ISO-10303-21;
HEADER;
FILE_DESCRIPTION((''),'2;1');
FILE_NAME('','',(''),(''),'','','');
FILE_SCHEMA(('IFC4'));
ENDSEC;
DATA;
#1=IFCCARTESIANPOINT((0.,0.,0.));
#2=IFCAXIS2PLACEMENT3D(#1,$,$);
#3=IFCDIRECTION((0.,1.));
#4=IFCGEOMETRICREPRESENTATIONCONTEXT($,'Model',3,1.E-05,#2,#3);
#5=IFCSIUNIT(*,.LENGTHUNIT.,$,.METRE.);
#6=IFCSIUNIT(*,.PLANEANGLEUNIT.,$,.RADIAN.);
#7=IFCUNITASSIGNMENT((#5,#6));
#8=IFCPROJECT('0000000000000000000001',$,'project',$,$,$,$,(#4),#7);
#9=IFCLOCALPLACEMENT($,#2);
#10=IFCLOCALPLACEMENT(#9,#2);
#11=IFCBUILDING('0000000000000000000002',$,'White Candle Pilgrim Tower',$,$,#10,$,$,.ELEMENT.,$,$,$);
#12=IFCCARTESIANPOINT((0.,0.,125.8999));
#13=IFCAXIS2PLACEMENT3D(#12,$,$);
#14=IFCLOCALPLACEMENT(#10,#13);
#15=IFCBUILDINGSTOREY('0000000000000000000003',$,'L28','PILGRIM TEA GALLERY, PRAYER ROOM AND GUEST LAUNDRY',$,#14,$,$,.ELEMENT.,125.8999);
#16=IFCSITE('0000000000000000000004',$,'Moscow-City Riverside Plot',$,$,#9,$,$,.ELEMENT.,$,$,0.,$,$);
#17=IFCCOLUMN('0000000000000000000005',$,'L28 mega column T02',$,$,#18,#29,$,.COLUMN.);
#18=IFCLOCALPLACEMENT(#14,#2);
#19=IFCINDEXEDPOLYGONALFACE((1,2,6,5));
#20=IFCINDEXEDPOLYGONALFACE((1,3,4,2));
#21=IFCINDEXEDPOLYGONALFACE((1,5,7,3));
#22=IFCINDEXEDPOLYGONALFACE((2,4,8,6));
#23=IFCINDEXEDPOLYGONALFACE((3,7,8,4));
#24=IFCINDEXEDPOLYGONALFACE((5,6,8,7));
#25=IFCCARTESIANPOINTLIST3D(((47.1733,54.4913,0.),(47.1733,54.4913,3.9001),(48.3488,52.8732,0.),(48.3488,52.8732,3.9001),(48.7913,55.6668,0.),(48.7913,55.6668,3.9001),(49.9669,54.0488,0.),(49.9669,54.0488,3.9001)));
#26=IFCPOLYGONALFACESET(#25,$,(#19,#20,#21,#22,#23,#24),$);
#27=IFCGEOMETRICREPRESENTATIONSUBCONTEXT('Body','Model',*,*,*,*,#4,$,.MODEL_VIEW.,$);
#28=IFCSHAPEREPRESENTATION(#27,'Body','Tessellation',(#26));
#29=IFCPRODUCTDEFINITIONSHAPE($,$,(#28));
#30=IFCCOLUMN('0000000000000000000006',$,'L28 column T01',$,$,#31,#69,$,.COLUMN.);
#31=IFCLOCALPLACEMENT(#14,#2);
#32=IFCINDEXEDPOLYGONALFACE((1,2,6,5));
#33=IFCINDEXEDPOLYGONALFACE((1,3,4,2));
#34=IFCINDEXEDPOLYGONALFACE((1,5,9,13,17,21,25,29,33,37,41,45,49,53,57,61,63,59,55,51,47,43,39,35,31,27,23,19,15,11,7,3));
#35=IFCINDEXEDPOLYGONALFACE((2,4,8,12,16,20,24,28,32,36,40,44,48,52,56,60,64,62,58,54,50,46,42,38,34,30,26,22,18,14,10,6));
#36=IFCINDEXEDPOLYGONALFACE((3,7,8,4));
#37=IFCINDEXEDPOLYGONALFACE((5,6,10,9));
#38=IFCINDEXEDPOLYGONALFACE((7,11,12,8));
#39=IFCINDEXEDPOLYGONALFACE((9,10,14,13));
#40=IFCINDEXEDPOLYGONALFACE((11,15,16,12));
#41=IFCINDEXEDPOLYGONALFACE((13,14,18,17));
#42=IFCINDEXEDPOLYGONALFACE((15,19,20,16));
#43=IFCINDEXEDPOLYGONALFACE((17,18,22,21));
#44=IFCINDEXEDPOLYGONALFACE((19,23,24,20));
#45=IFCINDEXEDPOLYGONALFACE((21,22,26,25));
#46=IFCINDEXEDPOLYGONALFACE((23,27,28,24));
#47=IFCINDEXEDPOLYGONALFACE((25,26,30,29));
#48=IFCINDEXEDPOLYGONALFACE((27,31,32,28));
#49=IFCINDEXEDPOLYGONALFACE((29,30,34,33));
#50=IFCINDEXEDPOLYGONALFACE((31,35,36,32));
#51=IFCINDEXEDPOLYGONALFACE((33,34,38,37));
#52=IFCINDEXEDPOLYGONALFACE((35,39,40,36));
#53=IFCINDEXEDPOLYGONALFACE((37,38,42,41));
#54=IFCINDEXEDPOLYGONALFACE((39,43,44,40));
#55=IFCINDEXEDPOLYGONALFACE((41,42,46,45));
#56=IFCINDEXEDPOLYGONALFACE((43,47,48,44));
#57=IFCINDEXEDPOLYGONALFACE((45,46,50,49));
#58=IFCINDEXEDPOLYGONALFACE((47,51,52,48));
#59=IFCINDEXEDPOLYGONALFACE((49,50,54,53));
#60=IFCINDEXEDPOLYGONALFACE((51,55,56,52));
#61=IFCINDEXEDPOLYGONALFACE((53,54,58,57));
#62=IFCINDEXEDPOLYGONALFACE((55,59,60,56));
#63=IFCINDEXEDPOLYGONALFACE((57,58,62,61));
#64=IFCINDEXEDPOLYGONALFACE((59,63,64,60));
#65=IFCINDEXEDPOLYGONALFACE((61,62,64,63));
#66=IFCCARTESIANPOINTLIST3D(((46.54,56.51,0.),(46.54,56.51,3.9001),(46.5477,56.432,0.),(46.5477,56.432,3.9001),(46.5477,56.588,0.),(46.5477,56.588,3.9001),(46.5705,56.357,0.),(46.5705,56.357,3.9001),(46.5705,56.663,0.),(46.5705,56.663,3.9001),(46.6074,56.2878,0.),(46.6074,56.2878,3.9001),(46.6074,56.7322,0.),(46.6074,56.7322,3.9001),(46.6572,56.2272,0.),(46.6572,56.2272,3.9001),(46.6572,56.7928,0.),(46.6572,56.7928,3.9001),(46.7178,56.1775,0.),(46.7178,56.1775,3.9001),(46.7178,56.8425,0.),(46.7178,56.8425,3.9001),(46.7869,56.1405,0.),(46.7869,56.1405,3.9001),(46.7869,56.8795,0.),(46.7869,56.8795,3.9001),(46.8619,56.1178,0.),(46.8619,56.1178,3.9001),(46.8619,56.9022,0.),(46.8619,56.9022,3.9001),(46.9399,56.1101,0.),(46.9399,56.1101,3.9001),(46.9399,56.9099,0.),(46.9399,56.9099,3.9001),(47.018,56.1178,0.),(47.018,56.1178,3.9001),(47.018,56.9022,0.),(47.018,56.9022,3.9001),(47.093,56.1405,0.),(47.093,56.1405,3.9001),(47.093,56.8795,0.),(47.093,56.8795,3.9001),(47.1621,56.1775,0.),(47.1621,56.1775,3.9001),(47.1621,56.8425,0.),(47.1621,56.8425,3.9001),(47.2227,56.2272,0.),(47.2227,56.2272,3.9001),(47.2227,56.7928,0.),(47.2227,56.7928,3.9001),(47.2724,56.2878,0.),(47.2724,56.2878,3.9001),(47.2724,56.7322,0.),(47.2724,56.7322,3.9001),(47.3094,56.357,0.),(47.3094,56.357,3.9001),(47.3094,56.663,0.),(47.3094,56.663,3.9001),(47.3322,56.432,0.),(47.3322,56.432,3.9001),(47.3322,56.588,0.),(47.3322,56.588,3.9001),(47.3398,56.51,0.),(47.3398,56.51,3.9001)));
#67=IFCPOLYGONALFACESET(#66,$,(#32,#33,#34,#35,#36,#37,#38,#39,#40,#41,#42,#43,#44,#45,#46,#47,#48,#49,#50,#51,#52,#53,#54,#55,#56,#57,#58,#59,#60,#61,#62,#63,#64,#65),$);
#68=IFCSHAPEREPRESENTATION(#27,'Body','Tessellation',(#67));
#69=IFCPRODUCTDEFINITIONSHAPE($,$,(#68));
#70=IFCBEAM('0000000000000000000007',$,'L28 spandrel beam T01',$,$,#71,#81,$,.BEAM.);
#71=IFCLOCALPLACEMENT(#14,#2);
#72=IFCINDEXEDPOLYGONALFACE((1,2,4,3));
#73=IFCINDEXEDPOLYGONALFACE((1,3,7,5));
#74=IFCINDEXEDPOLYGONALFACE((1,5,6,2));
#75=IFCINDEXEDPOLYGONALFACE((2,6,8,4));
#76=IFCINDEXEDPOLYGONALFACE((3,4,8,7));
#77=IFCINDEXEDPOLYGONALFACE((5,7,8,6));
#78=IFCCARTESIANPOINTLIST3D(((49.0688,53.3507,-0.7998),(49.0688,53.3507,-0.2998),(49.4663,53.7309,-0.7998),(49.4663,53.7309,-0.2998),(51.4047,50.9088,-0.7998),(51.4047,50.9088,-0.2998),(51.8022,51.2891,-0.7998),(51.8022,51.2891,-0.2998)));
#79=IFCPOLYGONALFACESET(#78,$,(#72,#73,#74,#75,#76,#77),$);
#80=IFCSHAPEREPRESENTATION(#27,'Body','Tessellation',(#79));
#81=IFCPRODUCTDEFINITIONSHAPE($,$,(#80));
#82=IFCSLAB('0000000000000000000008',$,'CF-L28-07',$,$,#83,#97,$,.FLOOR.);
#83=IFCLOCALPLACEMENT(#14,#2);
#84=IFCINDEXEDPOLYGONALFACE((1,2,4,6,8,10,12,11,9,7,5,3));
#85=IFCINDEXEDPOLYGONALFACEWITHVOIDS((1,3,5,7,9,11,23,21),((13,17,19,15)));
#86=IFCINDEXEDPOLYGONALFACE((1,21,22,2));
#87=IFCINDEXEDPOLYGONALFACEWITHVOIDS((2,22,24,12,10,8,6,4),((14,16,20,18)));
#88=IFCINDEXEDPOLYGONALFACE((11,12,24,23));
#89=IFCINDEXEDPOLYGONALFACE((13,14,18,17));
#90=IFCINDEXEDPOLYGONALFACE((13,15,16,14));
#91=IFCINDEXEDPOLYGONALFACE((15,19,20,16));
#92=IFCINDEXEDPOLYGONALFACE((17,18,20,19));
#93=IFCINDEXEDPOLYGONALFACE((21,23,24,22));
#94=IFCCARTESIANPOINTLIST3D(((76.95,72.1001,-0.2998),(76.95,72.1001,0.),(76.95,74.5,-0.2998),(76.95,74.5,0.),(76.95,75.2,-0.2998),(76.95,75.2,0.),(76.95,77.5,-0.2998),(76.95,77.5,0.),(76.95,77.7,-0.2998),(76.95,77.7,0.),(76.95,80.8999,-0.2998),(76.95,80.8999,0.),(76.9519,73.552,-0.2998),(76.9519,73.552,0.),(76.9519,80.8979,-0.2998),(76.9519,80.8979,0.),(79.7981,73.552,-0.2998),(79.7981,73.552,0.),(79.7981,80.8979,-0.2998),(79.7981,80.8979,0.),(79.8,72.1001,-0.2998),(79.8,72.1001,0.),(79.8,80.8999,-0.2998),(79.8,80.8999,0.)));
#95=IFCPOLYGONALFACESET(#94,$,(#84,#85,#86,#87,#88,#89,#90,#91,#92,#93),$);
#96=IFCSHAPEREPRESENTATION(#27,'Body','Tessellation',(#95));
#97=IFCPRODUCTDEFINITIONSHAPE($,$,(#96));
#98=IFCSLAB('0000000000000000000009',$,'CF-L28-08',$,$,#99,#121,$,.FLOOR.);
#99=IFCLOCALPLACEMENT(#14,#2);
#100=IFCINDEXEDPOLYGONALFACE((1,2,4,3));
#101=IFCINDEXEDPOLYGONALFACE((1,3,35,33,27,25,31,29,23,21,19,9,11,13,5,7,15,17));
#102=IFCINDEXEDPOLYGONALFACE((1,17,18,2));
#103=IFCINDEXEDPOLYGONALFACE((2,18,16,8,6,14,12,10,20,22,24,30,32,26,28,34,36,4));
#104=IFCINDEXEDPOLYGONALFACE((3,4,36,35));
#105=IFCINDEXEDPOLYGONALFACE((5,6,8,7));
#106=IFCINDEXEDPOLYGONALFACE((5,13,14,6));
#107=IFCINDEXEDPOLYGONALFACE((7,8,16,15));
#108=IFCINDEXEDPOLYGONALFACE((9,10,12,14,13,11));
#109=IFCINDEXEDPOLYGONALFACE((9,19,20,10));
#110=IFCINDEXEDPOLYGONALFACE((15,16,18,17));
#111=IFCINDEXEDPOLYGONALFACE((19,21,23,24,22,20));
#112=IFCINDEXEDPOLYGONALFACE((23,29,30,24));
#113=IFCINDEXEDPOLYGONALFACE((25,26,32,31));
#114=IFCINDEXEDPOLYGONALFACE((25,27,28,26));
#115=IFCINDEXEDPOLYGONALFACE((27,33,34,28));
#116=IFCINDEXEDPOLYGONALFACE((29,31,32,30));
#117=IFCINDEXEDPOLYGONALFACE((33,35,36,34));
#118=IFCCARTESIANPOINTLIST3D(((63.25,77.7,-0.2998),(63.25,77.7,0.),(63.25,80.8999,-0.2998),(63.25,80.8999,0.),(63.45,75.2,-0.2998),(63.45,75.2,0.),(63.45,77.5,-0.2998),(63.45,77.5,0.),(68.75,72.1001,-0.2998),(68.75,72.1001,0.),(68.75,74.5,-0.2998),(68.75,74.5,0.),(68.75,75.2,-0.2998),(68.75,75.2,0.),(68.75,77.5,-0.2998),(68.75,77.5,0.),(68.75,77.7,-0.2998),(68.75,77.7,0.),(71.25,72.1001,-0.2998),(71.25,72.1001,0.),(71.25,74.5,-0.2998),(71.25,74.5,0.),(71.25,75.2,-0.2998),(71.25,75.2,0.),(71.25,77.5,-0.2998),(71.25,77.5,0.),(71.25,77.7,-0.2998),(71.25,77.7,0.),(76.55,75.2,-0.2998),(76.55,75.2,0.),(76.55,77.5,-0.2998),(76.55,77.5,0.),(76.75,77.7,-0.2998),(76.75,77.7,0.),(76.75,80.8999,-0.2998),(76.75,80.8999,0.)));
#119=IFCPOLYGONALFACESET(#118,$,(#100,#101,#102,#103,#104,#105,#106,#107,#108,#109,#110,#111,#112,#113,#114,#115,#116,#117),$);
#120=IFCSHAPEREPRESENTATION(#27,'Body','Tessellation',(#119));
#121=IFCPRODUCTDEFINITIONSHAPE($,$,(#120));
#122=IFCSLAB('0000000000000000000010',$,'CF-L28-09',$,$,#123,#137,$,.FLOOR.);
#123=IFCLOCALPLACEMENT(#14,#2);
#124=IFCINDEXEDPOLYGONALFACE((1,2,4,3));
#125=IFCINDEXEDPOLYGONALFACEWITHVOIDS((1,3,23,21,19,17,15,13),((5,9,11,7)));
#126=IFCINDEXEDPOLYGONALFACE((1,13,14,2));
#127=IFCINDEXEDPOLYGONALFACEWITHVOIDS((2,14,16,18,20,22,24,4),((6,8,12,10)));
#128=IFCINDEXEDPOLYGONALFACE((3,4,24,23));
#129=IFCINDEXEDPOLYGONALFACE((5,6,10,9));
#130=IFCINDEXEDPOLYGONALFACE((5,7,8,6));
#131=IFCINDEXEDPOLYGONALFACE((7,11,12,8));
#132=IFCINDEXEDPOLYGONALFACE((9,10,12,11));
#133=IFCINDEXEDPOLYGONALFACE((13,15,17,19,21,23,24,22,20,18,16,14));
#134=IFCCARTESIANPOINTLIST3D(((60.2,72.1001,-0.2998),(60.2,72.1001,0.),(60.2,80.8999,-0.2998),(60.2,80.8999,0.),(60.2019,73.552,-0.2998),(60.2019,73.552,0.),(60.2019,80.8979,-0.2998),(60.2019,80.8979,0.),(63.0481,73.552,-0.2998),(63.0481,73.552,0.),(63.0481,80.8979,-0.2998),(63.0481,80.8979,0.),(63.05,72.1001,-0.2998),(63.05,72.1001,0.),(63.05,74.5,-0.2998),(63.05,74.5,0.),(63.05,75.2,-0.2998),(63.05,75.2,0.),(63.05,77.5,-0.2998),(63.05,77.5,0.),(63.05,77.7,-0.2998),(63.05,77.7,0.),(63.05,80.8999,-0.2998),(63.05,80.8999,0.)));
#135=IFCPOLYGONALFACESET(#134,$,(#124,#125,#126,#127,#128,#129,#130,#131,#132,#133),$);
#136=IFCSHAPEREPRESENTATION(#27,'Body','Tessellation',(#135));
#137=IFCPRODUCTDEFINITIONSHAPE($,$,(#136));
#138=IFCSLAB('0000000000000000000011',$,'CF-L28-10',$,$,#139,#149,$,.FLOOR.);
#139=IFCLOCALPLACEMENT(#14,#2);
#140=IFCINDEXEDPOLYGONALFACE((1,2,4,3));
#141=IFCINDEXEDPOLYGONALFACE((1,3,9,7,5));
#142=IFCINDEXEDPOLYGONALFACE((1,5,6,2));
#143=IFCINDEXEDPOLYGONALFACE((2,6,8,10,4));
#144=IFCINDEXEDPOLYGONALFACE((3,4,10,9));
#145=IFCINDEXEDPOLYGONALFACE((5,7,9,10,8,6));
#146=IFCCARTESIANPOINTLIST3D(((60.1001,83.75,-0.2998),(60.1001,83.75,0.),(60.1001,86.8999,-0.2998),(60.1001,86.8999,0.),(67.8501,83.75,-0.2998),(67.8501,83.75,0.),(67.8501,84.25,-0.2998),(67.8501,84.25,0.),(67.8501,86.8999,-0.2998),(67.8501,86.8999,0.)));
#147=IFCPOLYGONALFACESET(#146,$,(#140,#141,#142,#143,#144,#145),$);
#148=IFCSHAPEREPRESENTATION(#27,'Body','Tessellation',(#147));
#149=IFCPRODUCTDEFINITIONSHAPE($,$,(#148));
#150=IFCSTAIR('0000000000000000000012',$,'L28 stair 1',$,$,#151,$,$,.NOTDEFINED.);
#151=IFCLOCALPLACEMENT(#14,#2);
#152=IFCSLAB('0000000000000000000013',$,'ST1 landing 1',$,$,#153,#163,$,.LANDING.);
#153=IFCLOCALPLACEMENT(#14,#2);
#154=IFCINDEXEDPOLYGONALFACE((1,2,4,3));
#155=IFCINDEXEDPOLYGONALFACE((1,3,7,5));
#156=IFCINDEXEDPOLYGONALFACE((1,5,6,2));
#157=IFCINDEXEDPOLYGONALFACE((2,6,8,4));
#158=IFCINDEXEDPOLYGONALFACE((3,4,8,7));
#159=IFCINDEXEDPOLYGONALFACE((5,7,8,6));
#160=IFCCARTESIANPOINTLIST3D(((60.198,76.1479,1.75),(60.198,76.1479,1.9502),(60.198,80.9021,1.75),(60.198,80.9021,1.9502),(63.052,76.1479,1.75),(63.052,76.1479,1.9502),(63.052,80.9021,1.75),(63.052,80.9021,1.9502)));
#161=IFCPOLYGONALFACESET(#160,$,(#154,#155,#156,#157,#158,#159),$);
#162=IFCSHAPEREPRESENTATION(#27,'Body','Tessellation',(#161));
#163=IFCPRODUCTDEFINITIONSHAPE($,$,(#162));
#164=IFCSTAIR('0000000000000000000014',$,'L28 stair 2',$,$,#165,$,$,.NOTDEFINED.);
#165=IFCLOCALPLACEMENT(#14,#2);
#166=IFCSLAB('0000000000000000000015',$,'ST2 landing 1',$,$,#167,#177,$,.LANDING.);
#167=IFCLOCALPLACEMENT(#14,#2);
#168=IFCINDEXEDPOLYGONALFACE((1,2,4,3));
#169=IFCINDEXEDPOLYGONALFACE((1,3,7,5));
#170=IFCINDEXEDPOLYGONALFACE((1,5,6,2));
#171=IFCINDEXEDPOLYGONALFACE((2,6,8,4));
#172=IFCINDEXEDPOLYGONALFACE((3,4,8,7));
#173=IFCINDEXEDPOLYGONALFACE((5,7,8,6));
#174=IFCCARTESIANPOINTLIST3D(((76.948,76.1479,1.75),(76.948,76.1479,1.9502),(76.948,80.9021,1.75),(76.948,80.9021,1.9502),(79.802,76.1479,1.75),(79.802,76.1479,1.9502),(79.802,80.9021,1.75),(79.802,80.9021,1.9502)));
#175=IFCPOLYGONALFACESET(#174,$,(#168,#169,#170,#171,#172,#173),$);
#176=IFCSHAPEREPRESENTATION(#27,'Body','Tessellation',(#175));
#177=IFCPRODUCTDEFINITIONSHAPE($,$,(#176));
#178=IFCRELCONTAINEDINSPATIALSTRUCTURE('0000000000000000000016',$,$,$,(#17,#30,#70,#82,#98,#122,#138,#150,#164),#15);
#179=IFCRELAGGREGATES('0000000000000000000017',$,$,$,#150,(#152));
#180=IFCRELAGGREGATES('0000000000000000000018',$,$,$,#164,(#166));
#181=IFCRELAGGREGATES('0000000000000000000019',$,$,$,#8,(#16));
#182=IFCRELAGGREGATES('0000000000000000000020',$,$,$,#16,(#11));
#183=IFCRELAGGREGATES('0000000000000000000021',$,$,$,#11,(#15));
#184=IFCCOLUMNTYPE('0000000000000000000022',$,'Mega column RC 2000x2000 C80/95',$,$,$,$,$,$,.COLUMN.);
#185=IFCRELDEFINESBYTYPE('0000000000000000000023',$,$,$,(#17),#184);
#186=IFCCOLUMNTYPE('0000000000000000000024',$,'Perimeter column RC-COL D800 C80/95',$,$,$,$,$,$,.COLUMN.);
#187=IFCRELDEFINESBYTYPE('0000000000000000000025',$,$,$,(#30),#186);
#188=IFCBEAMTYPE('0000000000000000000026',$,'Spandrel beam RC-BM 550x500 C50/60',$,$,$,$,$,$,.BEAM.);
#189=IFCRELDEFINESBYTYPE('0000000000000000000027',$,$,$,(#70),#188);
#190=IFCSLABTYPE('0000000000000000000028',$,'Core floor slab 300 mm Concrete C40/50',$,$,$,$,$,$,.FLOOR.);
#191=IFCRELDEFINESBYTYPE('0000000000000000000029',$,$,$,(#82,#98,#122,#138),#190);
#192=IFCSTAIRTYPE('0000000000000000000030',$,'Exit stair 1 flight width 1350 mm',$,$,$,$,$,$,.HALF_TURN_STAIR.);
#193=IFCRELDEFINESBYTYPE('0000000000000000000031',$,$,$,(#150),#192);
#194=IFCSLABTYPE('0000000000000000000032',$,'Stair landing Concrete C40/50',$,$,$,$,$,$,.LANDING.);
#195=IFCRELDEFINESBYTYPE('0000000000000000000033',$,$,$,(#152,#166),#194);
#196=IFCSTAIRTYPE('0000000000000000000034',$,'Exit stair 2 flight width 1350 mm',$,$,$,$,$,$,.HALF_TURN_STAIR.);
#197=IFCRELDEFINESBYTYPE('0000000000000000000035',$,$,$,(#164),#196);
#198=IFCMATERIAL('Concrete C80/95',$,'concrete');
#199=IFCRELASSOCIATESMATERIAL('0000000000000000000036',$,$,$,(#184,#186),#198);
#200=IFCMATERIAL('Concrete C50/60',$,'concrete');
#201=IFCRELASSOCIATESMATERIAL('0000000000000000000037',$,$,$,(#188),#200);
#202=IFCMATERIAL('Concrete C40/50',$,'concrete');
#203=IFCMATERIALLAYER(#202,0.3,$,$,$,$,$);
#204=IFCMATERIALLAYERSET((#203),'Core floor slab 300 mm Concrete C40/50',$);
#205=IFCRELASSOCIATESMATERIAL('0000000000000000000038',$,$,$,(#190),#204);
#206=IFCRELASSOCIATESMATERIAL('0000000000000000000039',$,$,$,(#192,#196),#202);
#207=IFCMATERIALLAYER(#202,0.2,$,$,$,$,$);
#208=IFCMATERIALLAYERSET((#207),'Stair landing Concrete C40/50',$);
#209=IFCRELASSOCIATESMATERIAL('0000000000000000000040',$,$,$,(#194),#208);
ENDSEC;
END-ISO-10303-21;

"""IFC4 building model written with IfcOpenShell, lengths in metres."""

from ifc_helpers import new_model, si_unit, direction, frame, origin, origin_2d, place, context, subcontext, project, spatial, polyline, rectangle, circle, outline, extrude, material, layer, layer_set, material_profile, profile_set, type_object, element, aggregate, save


model = new_model("IFC4")

# Units and contexts
model_context = context("Model", 3, precision=1e-05, world=origin(), true_north=direction((0.0, 1.0)))
body_context = subcontext(model_context, "Body", "Model", "MODEL_VIEW")
ifc_project = project(units=[si_unit("LENGTHUNIT", "METRE"), si_unit("PLANEANGLEUNIT", "RADIAN")], contexts=[model_context])

# Site, building, storey
site_placement = place(None, origin())
site = spatial("IfcSite", under=ifc_project, at=site_placement, Name="Moscow-City Riverside Plot", CompositionType="ELEMENT", RefElevation=0.0)
building_placement = place(site_placement, origin())
building = spatial("IfcBuilding", under=site, at=building_placement, Name="White Candle Pilgrim Tower", CompositionType="ELEMENT")
storey_placement = place(building_placement, frame((0.0, 0.0, 125.8999)))
storey = spatial("IfcBuildingStorey", under=building, at=storey_placement, Name="L28", Description="PILGRIM TEA GALLERY, PRAYER ROOM AND GUEST LAUNDRY", CompositionType="ELEMENT", Elevation=125.8999)

# Columns
ifc_material_1 = material(Name="Concrete C80/95", Category="concrete")
ifc_material_profile_1 = material_profile(ifc_material_1, rectangle(XDim=2.0, YDim=2.0, at=origin_2d()), Name="RC 2000x2000")
ifc_profile_set_1 = profile_set([ifc_material_profile_1], Name="Concrete C80/95")
column_type_1 = type_object("IfcColumnType", Name="Mega column RC 2000x2000 C80/95", PredefinedType="COLUMN", material=ifc_profile_set_1)
column_1_placement = place(storey_placement, frame((48.5701, 54.27, 0.0), z_axis=(0.0, 0.0, 1.0), x_axis=(-0.809017, -0.587785, 0.0)))
element("IfcColumn", 1, at=column_1_placement, inside=storey, type_object=column_type_1, Name="L28 mega column T02", PredefinedType="COLUMN", context=body_context, shape_type="SweptSolid", body=[
    extrude(rectangle(XDim=2.0, YDim=2.0, at=origin_2d()), origin(), (0.0, 0.0, 1.0), 3.9001),
])
ifc_material_profile_2 = material_profile(ifc_material_1, circle(Radius=0.3999, at=origin_2d()), Name="RC-COL D800")
ifc_profile_set_2 = profile_set([ifc_material_profile_2], Name="Concrete C80/95")
column_type_2 = type_object("IfcColumnType", Name="Perimeter column RC-COL D800 C80/95", PredefinedType="COLUMN", material=ifc_profile_set_2)
column_2_placement = place(storey_placement, frame((46.9399, 56.51, 0.0), z_axis=(0.0, 0.0, 1.0), x_axis=(1.0, 0.0, 0.0)))
element("IfcColumn", 2, at=column_2_placement, inside=storey, type_object=column_type_2, Name="L28 column T01", PredefinedType="COLUMN", context=body_context, shape_type="SweptSolid", body=[
    extrude(circle(Radius=0.3999, at=origin_2d()), origin(), (0.0, 0.0, 1.0), 3.9001),
])

# Beam
ifc_material_2 = material(Name="Concrete C50/60", Category="concrete")
ifc_material_profile_3 = material_profile(ifc_material_2, rectangle(XDim=0.55, YDim=0.5, at=origin_2d()), Name="RC-BM 550x500")
ifc_profile_set_3 = profile_set([ifc_material_profile_3], Name="Concrete C50/60")
beam_type = type_object("IfcBeamType", Name="Spandrel beam RC-BM 550x500 C50/60", PredefinedType="BEAM", material=ifc_profile_set_3)
beam_placement = place(storey_placement, frame((49.2676, 53.5408, -0.5498), z_axis=(0.691255, -0.72261, 0.0), x_axis=(0.72261, 0.691255, 0.0)))
element("IfcBeam", 3, at=beam_placement, inside=storey, type_object=beam_type, Name="L28 spandrel beam T01", PredefinedType="BEAM", context=body_context, shape_type="SweptSolid", body=[
    extrude(rectangle(XDim=0.55, YDim=0.5, at=origin_2d()), origin(), (0.0, 0.0, 1.0), 3.3792),
])

# Slabs
ifc_material_3 = material(Name="Concrete C40/50", Category="concrete")
ifc_layer_1 = layer(ifc_material_3, 0.3)
ifc_layer_set_1 = layer_set([ifc_layer_1], Name="Core floor slab 300 mm Concrete C40/50")
slab_type_1 = type_object("IfcSlabType", Name="Core floor slab 300 mm Concrete C40/50", PredefinedType="FLOOR", material=ifc_layer_set_1)
slab_1_placement = place(storey_placement, frame((0.0, 0.0, -0.2998)))
element("IfcSlab", 4, at=slab_1_placement, inside=storey, type_object=slab_type_1, Name="CF-L28-07", PredefinedType="FLOOR", context=body_context, shape_type="SweptSolid", body=[
    extrude(outline(polyline([(76.95, 72.1001), (76.95, 74.5), (76.95, 75.2), (76.95, 77.5), (76.95, 77.7), (76.95, 80.8999), (79.8, 80.8999), (79.8, 72.1001), (76.95, 72.1001)]), holes=[polyline([(76.9519, 73.552), (79.7981, 73.552), (79.7981, 80.8979), (76.9519, 80.8979), (76.9519, 73.552)])]), origin(), (0.0, 0.0, 1.0), 0.2998),
])
slab_2_placement = place(storey_placement, frame((0.0, 0.0, -0.2998)))
element("IfcSlab", 5, at=slab_2_placement, inside=storey, type_object=slab_type_1, Name="CF-L28-08", PredefinedType="FLOOR", context=body_context, shape_type="SweptSolid", body=[
    extrude(outline(polyline([(68.75, 72.1001), (68.75, 74.5), (68.75, 75.2), (63.45, 75.2), (63.45, 77.5), (68.75, 77.5), (68.75, 77.7), (63.25, 77.7), (63.25, 80.8999), (76.75, 80.8999), (76.75, 77.7), (71.25, 77.7), (71.25, 77.5), (76.55, 77.5), (76.55, 75.2), (71.25, 75.2), (71.25, 74.5), (71.25, 72.1001), (68.75, 72.1001)])), origin(), (0.0, 0.0, 1.0), 0.2998),
])
slab_3_placement = place(storey_placement, frame((0.0, 0.0, -0.2998)))
element("IfcSlab", 6, at=slab_3_placement, inside=storey, type_object=slab_type_1, Name="CF-L28-09", PredefinedType="FLOOR", context=body_context, shape_type="SweptSolid", body=[
    extrude(outline(polyline([(60.2, 72.1001), (60.2, 80.8999), (63.05, 80.8999), (63.05, 77.7), (63.05, 77.5), (63.05, 75.2), (63.05, 74.5), (63.05, 72.1001), (60.2, 72.1001)]), holes=[polyline([(60.2019, 73.552), (63.0481, 73.552), (63.0481, 80.8979), (60.2019, 80.8979), (60.2019, 73.552)])]), origin(), (0.0, 0.0, 1.0), 0.2998),
])
slab_4_placement = place(storey_placement, frame((0.0, 0.0, -0.2998)))
element("IfcSlab", 7, at=slab_4_placement, inside=storey, type_object=slab_type_1, Name="CF-L28-10", PredefinedType="FLOOR", context=body_context, shape_type="SweptSolid", body=[
    extrude(outline(polyline([(60.1001, 86.8999), (67.8501, 86.8999), (67.8501, 84.25), (67.8501, 83.75), (60.1001, 83.75), (60.1001, 86.8999)])), origin(), (0.0, 0.0, 1.0), 0.2998),
])

# Stairs, slabs
stair_type_1 = type_object("IfcStairType", Name="Exit stair 1 flight width 1350 mm", PredefinedType="HALF_TURN_STAIR", material=ifc_material_3)
stair_1_placement = place(storey_placement, origin())
stair_1 = element("IfcStair", 8, at=stair_1_placement, inside=storey, type_object=stair_type_1, Name="L28 stair 1", PredefinedType="NOTDEFINED")
ifc_layer_2 = layer(ifc_material_3, 0.2)
ifc_layer_set_2 = layer_set([ifc_layer_2], Name="Stair landing Concrete C40/50")
slab_type_2 = type_object("IfcSlabType", Name="Stair landing Concrete C40/50", PredefinedType="LANDING", material=ifc_layer_set_2)
slab_5_placement = place(storey_placement, frame((0.0, 0.0, 1.75)))
slab_5 = element("IfcSlab", 9, at=slab_5_placement, type_object=slab_type_2, Name="ST1 landing 1", PredefinedType="LANDING", context=body_context, shape_type="SweptSolid", body=[
    extrude(outline(polyline([(63.052, 76.1479), (60.198, 76.1479), (60.198, 80.9021), (63.052, 80.9021), (63.052, 76.1479)])), origin(), (0.0, 0.0, 1.0), 0.2002),
])
aggregate(stair_1, [slab_5])
stair_type_2 = type_object("IfcStairType", Name="Exit stair 2 flight width 1350 mm", PredefinedType="HALF_TURN_STAIR", material=ifc_material_3)
stair_2_placement = place(storey_placement, origin())
stair_2 = element("IfcStair", 10, at=stair_2_placement, inside=storey, type_object=stair_type_2, Name="L28 stair 2", PredefinedType="NOTDEFINED")
slab_6_placement = place(storey_placement, frame((0.0, 0.0, 1.75)))
slab_6 = element("IfcSlab", 11, at=slab_6_placement, type_object=slab_type_2, Name="ST2 landing 1", PredefinedType="LANDING", context=body_context, shape_type="SweptSolid", body=[
    extrude(outline(polyline([(79.802, 76.1479), (76.948, 76.1479), (76.948, 80.9021), (79.802, 80.9021), (79.802, 76.1479)])), origin(), (0.0, 0.0, 1.0), 0.2002),
])
aggregate(stair_2, [slab_6])

save(model, "model.ifc")
